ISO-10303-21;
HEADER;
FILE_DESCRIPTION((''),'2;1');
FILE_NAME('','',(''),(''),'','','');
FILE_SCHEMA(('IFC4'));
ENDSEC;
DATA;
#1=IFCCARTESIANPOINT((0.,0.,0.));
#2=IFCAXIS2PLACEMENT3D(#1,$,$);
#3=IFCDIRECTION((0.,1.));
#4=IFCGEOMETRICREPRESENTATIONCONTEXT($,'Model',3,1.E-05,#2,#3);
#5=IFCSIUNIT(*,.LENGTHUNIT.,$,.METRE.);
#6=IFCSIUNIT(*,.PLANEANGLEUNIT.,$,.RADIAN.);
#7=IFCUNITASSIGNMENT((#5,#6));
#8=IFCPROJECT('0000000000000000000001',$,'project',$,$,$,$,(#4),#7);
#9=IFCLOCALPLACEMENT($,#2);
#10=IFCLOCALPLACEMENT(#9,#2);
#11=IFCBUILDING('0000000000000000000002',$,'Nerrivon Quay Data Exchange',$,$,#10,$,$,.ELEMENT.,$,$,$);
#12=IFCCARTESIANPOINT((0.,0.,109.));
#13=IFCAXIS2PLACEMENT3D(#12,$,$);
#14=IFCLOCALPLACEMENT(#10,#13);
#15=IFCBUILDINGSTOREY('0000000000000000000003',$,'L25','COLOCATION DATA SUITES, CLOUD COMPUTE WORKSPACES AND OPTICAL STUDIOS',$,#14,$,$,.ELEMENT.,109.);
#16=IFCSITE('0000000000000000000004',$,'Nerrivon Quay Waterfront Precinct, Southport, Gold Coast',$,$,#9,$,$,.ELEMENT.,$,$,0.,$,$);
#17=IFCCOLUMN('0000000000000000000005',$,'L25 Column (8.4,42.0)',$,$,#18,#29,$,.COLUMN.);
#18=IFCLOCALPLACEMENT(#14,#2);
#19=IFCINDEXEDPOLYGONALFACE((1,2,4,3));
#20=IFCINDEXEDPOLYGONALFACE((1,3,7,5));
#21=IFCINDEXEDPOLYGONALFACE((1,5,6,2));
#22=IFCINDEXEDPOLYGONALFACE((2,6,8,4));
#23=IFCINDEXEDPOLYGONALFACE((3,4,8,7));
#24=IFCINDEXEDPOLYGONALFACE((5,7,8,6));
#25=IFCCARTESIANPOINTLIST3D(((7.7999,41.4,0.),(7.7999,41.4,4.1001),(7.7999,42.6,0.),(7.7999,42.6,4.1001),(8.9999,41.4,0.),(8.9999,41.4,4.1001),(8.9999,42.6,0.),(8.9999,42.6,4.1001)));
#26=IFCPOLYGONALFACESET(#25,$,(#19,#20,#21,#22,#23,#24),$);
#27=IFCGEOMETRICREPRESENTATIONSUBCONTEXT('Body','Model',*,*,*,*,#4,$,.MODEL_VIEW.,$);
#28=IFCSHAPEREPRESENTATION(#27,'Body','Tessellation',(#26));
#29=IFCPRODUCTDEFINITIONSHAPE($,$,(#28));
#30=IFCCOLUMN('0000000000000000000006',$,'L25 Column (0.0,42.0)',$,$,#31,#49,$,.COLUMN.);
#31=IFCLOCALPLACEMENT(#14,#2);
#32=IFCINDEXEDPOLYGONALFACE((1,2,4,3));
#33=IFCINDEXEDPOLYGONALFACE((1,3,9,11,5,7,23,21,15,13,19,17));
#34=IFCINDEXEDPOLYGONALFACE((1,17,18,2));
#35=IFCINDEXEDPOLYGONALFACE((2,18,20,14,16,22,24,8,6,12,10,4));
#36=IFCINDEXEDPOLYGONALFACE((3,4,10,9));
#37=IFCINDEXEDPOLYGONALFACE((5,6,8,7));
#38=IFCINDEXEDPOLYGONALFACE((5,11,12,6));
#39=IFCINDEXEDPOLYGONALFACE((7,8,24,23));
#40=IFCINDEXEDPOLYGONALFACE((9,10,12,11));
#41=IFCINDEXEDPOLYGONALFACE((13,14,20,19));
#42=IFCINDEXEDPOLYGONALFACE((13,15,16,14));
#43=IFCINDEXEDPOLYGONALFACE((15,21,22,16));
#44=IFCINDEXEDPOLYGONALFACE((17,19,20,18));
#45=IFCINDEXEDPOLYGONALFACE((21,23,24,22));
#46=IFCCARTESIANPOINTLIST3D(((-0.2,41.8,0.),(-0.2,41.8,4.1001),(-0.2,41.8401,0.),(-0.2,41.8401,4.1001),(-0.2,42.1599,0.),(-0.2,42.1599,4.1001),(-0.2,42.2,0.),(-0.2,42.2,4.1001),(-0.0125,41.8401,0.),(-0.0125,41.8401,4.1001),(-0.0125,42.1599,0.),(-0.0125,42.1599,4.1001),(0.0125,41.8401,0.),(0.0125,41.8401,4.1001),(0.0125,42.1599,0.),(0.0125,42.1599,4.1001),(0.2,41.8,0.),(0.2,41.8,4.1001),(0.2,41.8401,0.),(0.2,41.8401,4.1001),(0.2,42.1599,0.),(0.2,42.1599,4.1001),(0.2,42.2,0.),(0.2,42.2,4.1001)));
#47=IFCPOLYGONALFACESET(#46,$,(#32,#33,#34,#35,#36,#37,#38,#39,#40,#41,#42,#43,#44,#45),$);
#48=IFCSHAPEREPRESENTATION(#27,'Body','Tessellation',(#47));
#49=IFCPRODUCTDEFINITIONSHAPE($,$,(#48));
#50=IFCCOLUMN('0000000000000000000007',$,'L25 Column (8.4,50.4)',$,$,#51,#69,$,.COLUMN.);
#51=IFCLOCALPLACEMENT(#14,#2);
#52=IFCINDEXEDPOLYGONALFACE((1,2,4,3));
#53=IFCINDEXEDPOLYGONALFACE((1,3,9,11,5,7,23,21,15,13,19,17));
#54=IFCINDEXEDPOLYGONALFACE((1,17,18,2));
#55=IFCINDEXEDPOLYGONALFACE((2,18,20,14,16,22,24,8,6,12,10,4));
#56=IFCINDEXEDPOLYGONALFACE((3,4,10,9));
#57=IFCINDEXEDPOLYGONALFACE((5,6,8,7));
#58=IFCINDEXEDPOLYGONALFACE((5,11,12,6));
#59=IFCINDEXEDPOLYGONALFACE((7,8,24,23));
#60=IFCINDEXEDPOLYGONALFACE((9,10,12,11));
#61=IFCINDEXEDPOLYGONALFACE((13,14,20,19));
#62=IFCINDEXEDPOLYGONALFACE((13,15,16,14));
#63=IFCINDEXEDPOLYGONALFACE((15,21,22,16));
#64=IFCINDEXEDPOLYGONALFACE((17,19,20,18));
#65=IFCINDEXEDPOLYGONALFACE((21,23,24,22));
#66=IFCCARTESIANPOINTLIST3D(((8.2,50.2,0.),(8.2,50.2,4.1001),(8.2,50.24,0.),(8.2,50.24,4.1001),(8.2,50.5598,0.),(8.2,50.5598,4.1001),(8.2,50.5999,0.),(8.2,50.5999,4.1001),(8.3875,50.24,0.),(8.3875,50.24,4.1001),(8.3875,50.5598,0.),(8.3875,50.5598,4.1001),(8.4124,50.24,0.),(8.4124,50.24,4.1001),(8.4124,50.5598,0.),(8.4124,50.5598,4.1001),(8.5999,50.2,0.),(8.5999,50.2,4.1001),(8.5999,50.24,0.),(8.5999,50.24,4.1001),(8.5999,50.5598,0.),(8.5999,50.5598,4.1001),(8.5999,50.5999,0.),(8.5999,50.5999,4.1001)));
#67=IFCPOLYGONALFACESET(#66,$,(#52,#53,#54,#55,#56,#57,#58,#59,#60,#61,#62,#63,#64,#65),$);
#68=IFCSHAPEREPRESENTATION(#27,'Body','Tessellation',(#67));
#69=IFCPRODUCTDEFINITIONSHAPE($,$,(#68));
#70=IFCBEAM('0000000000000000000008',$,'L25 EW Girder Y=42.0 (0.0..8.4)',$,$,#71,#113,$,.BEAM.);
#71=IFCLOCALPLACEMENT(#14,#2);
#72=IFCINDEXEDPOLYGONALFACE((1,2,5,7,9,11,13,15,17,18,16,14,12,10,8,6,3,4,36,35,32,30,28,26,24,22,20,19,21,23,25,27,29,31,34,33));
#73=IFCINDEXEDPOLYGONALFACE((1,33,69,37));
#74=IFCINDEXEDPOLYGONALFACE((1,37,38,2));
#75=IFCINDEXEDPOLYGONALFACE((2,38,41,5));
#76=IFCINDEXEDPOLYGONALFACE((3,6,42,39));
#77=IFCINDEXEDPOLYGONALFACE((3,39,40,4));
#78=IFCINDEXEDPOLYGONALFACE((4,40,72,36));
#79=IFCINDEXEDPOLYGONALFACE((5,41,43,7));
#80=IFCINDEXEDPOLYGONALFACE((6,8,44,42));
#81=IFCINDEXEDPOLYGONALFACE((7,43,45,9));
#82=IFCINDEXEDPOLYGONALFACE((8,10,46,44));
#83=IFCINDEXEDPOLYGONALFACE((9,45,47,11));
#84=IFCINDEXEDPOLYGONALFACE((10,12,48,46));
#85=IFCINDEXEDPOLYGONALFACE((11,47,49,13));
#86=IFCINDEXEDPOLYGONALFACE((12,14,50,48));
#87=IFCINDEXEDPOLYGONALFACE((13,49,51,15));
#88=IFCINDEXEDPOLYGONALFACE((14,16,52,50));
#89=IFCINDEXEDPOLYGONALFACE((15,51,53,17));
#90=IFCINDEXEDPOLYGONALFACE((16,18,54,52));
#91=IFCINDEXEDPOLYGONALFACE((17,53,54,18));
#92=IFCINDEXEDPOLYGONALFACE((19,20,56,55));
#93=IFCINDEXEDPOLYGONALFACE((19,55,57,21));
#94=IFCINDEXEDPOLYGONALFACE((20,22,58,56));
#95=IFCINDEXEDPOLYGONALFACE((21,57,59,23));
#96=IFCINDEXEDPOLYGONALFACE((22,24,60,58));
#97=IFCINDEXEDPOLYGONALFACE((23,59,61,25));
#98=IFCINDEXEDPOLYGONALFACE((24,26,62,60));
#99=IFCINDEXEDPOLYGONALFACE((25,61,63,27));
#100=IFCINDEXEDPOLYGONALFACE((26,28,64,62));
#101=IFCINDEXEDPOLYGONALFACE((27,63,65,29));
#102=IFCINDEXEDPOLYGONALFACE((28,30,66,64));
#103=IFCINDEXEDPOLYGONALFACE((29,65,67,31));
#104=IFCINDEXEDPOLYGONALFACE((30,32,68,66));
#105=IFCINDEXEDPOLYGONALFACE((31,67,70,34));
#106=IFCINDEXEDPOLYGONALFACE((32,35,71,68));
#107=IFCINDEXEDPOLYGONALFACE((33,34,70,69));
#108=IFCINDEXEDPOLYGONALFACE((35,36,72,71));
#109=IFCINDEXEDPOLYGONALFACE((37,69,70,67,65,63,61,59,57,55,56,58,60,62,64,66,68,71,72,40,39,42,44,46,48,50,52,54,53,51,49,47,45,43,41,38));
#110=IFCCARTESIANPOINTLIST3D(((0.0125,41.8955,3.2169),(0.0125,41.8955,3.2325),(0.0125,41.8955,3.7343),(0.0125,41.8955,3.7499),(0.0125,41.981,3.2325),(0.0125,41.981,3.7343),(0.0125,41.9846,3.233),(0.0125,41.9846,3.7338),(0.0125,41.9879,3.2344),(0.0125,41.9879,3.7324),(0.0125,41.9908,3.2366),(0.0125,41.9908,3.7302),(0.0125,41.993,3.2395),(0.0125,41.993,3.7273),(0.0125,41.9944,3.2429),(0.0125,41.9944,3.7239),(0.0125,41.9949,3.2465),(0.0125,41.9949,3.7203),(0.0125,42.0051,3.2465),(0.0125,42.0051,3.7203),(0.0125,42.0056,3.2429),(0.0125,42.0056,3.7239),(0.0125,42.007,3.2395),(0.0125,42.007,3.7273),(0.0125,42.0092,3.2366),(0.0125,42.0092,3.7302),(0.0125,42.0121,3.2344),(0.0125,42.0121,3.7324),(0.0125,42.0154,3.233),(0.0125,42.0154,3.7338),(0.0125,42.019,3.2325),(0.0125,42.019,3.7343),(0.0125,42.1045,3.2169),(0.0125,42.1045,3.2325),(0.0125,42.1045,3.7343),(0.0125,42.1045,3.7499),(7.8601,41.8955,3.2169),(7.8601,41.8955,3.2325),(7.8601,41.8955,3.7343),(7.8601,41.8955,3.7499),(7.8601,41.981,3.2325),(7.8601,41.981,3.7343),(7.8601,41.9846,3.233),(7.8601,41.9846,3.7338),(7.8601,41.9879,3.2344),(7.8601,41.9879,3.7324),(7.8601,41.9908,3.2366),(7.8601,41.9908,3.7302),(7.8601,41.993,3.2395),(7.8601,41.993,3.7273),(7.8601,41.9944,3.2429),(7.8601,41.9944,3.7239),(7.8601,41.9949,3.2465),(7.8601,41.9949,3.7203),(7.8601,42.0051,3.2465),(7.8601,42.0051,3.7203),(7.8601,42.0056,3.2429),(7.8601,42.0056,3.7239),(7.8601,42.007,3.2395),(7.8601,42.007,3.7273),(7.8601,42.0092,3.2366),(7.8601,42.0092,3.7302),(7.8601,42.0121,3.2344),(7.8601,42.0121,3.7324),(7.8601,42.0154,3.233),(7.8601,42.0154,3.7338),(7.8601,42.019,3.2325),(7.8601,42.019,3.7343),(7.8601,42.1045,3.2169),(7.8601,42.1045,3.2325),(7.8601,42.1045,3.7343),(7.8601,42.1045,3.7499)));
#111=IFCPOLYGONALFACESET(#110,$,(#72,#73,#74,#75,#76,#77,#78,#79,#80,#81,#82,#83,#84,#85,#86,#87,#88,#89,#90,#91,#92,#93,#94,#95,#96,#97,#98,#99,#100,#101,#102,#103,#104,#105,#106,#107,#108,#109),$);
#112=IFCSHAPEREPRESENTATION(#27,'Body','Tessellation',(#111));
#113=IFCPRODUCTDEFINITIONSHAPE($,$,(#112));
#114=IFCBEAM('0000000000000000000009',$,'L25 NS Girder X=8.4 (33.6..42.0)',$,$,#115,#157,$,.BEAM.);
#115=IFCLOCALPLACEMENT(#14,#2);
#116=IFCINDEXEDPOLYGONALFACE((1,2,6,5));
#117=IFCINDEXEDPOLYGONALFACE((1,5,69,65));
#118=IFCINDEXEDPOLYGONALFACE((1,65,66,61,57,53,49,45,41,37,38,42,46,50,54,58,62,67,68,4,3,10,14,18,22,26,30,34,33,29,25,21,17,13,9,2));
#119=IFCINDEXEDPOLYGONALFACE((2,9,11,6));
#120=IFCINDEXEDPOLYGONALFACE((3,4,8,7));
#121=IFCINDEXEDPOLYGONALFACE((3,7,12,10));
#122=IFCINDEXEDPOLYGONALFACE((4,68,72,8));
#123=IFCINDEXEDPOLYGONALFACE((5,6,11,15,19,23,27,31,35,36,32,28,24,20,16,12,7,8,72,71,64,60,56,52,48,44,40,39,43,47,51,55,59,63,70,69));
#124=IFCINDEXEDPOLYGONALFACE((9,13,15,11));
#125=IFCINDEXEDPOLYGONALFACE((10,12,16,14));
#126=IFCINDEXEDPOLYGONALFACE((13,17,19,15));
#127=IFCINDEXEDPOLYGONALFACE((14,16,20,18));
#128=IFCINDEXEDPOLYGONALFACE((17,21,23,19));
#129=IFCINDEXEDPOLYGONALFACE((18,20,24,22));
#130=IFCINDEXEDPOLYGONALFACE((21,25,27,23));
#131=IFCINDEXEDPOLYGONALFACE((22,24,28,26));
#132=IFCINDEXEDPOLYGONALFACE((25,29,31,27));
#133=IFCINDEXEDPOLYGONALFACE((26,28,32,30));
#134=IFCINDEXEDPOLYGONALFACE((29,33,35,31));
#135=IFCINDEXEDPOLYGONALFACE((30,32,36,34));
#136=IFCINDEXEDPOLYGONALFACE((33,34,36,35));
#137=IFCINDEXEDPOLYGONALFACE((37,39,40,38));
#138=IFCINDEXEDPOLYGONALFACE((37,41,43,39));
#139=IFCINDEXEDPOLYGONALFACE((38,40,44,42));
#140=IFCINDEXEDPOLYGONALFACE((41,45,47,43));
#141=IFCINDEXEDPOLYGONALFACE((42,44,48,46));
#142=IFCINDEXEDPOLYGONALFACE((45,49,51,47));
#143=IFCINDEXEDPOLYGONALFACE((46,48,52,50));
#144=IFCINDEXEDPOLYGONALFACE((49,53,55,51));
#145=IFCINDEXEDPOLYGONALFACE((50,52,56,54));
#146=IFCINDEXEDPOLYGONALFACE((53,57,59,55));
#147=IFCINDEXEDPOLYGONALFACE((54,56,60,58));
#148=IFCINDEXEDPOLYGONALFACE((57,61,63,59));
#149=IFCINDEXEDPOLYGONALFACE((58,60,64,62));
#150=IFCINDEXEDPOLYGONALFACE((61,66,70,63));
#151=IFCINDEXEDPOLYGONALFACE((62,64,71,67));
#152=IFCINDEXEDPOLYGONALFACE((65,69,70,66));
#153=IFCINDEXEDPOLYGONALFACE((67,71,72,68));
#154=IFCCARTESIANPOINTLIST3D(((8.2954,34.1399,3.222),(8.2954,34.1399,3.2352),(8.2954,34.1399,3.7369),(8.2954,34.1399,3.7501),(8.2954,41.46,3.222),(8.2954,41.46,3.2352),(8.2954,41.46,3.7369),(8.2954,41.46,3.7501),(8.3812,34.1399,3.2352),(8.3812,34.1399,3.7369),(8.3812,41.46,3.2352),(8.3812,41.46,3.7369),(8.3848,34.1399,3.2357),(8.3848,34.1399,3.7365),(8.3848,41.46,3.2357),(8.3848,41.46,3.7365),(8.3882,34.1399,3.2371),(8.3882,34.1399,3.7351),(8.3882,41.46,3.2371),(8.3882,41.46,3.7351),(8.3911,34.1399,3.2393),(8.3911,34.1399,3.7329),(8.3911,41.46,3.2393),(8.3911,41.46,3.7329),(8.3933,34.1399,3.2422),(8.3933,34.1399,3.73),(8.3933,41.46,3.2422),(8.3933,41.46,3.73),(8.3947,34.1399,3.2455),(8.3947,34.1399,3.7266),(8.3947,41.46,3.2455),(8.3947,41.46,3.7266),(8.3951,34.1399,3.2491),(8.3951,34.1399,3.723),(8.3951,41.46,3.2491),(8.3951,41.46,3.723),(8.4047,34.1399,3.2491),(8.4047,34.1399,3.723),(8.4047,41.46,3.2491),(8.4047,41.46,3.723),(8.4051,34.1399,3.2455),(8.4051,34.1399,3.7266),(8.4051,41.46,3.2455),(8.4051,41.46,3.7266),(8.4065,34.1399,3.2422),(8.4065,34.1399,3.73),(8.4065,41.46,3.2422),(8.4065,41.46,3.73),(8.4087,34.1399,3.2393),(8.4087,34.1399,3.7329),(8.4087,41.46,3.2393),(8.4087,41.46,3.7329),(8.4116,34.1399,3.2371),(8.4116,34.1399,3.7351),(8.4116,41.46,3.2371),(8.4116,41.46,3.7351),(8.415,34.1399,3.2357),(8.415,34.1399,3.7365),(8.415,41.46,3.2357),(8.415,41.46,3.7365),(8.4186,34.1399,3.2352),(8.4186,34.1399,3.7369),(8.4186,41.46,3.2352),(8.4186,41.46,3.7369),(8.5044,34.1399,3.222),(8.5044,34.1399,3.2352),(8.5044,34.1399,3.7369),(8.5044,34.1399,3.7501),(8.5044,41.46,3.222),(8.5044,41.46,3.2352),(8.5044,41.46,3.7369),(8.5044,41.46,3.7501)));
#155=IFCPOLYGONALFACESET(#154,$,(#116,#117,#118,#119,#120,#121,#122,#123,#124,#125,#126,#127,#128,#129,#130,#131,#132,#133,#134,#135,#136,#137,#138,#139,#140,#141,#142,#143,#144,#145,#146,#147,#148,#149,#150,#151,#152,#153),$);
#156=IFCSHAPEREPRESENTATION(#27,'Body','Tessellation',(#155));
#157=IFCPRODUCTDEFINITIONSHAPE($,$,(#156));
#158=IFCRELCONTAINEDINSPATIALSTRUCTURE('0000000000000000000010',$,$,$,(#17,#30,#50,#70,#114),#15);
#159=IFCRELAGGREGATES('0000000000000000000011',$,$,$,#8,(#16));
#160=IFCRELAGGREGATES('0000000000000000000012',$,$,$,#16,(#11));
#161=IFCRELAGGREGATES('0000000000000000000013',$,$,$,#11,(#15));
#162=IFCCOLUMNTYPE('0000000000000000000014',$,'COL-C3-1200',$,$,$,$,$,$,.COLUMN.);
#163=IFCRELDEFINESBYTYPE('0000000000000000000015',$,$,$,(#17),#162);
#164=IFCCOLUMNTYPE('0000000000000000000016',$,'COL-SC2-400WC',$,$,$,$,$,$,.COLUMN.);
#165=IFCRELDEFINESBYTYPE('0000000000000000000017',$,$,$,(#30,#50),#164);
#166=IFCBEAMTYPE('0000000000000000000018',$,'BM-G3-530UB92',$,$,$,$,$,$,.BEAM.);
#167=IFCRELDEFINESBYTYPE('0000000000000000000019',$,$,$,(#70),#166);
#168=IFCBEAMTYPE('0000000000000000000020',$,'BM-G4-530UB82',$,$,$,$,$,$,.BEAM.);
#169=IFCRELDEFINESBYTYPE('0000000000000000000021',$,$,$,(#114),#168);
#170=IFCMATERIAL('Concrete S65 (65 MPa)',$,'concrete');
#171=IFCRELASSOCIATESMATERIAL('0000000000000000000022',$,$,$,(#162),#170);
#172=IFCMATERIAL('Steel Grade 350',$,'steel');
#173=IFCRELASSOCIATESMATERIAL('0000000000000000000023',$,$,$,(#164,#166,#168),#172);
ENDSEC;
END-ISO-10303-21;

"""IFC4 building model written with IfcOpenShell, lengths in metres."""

from ifc_helpers import new_model, si_unit, direction, frame, origin, origin_2d, place, context, subcontext, project, spatial, rectangle, i_section, extrude, material, material_profile, profile_set, type_object, element, save


model = new_model("IFC4")

# Units and contexts
model_context = context("Model", 3, precision=1e-05, world=origin(), true_north=direction((0.0, 1.0)))
body_context = subcontext(model_context, "Body", "Model", "MODEL_VIEW")
ifc_project = project(units=[si_unit("LENGTHUNIT", "METRE"), si_unit("PLANEANGLEUNIT", "RADIAN")], contexts=[model_context])

# Site, building, storey
site_placement = place(None, origin())
site = spatial("IfcSite", under=ifc_project, at=site_placement, Name="Nerrivon Quay Waterfront Precinct, Southport, Gold Coast", CompositionType="ELEMENT", RefElevation=0.0)
building_placement = place(site_placement, origin())
building = spatial("IfcBuilding", under=site, at=building_placement, Name="Nerrivon Quay Data Exchange", CompositionType="ELEMENT")
storey_placement = place(building_placement, frame((0.0, 0.0, 109.0)))
storey = spatial("IfcBuildingStorey", under=building, at=storey_placement, Name="L25", Description="COLOCATION DATA SUITES, CLOUD COMPUTE WORKSPACES AND OPTICAL STUDIOS", CompositionType="ELEMENT", Elevation=109.0)

# Columns
ifc_material_1 = material(Name="Concrete S65 (65 MPa)", Category="concrete")
ifc_material_profile_1 = material_profile(ifc_material_1, rectangle(XDim=1.2, YDim=1.2, at=origin_2d()), Name="RC-COL-1200x1200")
ifc_profile_set_1 = profile_set([ifc_material_profile_1], Name="Concrete S65 (65 MPa)")
column_type_1 = type_object("IfcColumnType", Name="COL-C3-1200", PredefinedType="COLUMN", material=ifc_profile_set_1)
column_placement = place(storey_placement, frame((8.3999, 42.0, 0.0), z_axis=(0.0, 0.0, 1.0), x_axis=(1.0, 0.0, 0.0)))
element("IfcColumn", 1, at=column_placement, inside=storey, type_object=column_type_1, Name="L25 Column (8.4,42.0)", PredefinedType="COLUMN", context=body_context, shape_type="SweptSolid", body=[
    extrude(rectangle(XDim=1.2, YDim=1.2, at=origin_2d()), origin(), (0.0, 0.0, 1.0), 4.1001),
])
ifc_material_2 = material(Name="Steel Grade 350", Category="steel")
ifc_material_profile_2 = material_profile(ifc_material_2, i_section(OverallWidth=0.3999, OverallDepth=0.3999, WebThickness=0.0249, FlangeThickness=0.04, at=origin_2d()), Name="400WC328")
ifc_profile_set_2 = profile_set([ifc_material_profile_2], Name="Steel Grade 350")
column_type_2 = type_object("IfcColumnType", Name="COL-SC2-400WC", PredefinedType="COLUMN", material=ifc_profile_set_2)
for number, where, z_axis, x_axis, name in (
    (2, (0.0, 42.0, 0.0), (0.0, 0.0, 1.0), (1.0, 0.0, 0.0), "L25 Column (0.0,42.0)"),
    (3, (8.3999, 50.3999, 0.0), (0.0, 0.0, 1.0), (1.0, 0.0, 0.0), "L25 Column (8.4,50.4)"),
):
    element("IfcColumn", number, at=place(storey_placement, frame(where, z_axis=z_axis, x_axis=x_axis)), inside=storey, type_object=column_type_2, Name=name, PredefinedType="COLUMN", context=body_context, shape_type="SweptSolid", body=[
        extrude(i_section(OverallWidth=0.3999, OverallDepth=0.3999, WebThickness=0.0249, FlangeThickness=0.04, at=origin_2d()), origin(), (0.0, 0.0, 1.0), 4.1001),
    ])

# Beams
ifc_material_profile_3 = material_profile(ifc_material_2, i_section(OverallWidth=0.209, OverallDepth=0.533, WebThickness=0.0103, FlangeThickness=0.0156, FilletRadius=0.0139, at=origin_2d()), Name="530UB92.4")
ifc_profile_set_3 = profile_set([ifc_material_profile_3], Name="Steel Grade 350")
beam_type_1 = type_object("IfcBeamType", Name="BM-G3-530UB92", PredefinedType="BEAM", material=ifc_profile_set_3)
beam_1_placement = place(storey_placement, frame((0.0125, 42.0, 3.4834), z_axis=(1.0, 0.0, 0.0), x_axis=(0.0, 1.0, 0.0)))
element("IfcBeam", 4, at=beam_1_placement, inside=storey, type_object=beam_type_1, Name="L25 EW Girder Y=42.0 (0.0..8.4)", PredefinedType="BEAM", context=body_context, shape_type="SweptSolid", body=[
    extrude(i_section(OverallWidth=0.209, OverallDepth=0.533, WebThickness=0.0103, FlangeThickness=0.0156, FilletRadius=0.0139, at=origin_2d()), origin(), (0.0, 0.0, 1.0), 7.8477),
])
ifc_material_profile_4 = material_profile(ifc_material_2, i_section(OverallWidth=0.209, OverallDepth=0.5281, WebThickness=0.0095, FlangeThickness=0.0132, FilletRadius=0.0139, at=origin_2d()), Name="530UB82.0")
ifc_profile_set_4 = profile_set([ifc_material_profile_4], Name="Steel Grade 350")
beam_type_2 = type_object("IfcBeamType", Name="BM-G4-530UB82", PredefinedType="BEAM", material=ifc_profile_set_4)
beam_2_placement = place(storey_placement, frame((8.3999, 34.1399, 3.4861), z_axis=(0.0, 1.0, 0.0), x_axis=(-1.0, 0.0, 0.0)))
element("IfcBeam", 5, at=beam_2_placement, inside=storey, type_object=beam_type_2, Name="L25 NS Girder X=8.4 (33.6..42.0)", PredefinedType="BEAM", context=body_context, shape_type="SweptSolid", body=[
    extrude(i_section(OverallWidth=0.209, OverallDepth=0.5281, WebThickness=0.0095, FlangeThickness=0.0132, FilletRadius=0.0139, at=origin_2d()), origin(), (0.0, 0.0, 1.0), 7.3201),
])

save(model, "model.ifc")
